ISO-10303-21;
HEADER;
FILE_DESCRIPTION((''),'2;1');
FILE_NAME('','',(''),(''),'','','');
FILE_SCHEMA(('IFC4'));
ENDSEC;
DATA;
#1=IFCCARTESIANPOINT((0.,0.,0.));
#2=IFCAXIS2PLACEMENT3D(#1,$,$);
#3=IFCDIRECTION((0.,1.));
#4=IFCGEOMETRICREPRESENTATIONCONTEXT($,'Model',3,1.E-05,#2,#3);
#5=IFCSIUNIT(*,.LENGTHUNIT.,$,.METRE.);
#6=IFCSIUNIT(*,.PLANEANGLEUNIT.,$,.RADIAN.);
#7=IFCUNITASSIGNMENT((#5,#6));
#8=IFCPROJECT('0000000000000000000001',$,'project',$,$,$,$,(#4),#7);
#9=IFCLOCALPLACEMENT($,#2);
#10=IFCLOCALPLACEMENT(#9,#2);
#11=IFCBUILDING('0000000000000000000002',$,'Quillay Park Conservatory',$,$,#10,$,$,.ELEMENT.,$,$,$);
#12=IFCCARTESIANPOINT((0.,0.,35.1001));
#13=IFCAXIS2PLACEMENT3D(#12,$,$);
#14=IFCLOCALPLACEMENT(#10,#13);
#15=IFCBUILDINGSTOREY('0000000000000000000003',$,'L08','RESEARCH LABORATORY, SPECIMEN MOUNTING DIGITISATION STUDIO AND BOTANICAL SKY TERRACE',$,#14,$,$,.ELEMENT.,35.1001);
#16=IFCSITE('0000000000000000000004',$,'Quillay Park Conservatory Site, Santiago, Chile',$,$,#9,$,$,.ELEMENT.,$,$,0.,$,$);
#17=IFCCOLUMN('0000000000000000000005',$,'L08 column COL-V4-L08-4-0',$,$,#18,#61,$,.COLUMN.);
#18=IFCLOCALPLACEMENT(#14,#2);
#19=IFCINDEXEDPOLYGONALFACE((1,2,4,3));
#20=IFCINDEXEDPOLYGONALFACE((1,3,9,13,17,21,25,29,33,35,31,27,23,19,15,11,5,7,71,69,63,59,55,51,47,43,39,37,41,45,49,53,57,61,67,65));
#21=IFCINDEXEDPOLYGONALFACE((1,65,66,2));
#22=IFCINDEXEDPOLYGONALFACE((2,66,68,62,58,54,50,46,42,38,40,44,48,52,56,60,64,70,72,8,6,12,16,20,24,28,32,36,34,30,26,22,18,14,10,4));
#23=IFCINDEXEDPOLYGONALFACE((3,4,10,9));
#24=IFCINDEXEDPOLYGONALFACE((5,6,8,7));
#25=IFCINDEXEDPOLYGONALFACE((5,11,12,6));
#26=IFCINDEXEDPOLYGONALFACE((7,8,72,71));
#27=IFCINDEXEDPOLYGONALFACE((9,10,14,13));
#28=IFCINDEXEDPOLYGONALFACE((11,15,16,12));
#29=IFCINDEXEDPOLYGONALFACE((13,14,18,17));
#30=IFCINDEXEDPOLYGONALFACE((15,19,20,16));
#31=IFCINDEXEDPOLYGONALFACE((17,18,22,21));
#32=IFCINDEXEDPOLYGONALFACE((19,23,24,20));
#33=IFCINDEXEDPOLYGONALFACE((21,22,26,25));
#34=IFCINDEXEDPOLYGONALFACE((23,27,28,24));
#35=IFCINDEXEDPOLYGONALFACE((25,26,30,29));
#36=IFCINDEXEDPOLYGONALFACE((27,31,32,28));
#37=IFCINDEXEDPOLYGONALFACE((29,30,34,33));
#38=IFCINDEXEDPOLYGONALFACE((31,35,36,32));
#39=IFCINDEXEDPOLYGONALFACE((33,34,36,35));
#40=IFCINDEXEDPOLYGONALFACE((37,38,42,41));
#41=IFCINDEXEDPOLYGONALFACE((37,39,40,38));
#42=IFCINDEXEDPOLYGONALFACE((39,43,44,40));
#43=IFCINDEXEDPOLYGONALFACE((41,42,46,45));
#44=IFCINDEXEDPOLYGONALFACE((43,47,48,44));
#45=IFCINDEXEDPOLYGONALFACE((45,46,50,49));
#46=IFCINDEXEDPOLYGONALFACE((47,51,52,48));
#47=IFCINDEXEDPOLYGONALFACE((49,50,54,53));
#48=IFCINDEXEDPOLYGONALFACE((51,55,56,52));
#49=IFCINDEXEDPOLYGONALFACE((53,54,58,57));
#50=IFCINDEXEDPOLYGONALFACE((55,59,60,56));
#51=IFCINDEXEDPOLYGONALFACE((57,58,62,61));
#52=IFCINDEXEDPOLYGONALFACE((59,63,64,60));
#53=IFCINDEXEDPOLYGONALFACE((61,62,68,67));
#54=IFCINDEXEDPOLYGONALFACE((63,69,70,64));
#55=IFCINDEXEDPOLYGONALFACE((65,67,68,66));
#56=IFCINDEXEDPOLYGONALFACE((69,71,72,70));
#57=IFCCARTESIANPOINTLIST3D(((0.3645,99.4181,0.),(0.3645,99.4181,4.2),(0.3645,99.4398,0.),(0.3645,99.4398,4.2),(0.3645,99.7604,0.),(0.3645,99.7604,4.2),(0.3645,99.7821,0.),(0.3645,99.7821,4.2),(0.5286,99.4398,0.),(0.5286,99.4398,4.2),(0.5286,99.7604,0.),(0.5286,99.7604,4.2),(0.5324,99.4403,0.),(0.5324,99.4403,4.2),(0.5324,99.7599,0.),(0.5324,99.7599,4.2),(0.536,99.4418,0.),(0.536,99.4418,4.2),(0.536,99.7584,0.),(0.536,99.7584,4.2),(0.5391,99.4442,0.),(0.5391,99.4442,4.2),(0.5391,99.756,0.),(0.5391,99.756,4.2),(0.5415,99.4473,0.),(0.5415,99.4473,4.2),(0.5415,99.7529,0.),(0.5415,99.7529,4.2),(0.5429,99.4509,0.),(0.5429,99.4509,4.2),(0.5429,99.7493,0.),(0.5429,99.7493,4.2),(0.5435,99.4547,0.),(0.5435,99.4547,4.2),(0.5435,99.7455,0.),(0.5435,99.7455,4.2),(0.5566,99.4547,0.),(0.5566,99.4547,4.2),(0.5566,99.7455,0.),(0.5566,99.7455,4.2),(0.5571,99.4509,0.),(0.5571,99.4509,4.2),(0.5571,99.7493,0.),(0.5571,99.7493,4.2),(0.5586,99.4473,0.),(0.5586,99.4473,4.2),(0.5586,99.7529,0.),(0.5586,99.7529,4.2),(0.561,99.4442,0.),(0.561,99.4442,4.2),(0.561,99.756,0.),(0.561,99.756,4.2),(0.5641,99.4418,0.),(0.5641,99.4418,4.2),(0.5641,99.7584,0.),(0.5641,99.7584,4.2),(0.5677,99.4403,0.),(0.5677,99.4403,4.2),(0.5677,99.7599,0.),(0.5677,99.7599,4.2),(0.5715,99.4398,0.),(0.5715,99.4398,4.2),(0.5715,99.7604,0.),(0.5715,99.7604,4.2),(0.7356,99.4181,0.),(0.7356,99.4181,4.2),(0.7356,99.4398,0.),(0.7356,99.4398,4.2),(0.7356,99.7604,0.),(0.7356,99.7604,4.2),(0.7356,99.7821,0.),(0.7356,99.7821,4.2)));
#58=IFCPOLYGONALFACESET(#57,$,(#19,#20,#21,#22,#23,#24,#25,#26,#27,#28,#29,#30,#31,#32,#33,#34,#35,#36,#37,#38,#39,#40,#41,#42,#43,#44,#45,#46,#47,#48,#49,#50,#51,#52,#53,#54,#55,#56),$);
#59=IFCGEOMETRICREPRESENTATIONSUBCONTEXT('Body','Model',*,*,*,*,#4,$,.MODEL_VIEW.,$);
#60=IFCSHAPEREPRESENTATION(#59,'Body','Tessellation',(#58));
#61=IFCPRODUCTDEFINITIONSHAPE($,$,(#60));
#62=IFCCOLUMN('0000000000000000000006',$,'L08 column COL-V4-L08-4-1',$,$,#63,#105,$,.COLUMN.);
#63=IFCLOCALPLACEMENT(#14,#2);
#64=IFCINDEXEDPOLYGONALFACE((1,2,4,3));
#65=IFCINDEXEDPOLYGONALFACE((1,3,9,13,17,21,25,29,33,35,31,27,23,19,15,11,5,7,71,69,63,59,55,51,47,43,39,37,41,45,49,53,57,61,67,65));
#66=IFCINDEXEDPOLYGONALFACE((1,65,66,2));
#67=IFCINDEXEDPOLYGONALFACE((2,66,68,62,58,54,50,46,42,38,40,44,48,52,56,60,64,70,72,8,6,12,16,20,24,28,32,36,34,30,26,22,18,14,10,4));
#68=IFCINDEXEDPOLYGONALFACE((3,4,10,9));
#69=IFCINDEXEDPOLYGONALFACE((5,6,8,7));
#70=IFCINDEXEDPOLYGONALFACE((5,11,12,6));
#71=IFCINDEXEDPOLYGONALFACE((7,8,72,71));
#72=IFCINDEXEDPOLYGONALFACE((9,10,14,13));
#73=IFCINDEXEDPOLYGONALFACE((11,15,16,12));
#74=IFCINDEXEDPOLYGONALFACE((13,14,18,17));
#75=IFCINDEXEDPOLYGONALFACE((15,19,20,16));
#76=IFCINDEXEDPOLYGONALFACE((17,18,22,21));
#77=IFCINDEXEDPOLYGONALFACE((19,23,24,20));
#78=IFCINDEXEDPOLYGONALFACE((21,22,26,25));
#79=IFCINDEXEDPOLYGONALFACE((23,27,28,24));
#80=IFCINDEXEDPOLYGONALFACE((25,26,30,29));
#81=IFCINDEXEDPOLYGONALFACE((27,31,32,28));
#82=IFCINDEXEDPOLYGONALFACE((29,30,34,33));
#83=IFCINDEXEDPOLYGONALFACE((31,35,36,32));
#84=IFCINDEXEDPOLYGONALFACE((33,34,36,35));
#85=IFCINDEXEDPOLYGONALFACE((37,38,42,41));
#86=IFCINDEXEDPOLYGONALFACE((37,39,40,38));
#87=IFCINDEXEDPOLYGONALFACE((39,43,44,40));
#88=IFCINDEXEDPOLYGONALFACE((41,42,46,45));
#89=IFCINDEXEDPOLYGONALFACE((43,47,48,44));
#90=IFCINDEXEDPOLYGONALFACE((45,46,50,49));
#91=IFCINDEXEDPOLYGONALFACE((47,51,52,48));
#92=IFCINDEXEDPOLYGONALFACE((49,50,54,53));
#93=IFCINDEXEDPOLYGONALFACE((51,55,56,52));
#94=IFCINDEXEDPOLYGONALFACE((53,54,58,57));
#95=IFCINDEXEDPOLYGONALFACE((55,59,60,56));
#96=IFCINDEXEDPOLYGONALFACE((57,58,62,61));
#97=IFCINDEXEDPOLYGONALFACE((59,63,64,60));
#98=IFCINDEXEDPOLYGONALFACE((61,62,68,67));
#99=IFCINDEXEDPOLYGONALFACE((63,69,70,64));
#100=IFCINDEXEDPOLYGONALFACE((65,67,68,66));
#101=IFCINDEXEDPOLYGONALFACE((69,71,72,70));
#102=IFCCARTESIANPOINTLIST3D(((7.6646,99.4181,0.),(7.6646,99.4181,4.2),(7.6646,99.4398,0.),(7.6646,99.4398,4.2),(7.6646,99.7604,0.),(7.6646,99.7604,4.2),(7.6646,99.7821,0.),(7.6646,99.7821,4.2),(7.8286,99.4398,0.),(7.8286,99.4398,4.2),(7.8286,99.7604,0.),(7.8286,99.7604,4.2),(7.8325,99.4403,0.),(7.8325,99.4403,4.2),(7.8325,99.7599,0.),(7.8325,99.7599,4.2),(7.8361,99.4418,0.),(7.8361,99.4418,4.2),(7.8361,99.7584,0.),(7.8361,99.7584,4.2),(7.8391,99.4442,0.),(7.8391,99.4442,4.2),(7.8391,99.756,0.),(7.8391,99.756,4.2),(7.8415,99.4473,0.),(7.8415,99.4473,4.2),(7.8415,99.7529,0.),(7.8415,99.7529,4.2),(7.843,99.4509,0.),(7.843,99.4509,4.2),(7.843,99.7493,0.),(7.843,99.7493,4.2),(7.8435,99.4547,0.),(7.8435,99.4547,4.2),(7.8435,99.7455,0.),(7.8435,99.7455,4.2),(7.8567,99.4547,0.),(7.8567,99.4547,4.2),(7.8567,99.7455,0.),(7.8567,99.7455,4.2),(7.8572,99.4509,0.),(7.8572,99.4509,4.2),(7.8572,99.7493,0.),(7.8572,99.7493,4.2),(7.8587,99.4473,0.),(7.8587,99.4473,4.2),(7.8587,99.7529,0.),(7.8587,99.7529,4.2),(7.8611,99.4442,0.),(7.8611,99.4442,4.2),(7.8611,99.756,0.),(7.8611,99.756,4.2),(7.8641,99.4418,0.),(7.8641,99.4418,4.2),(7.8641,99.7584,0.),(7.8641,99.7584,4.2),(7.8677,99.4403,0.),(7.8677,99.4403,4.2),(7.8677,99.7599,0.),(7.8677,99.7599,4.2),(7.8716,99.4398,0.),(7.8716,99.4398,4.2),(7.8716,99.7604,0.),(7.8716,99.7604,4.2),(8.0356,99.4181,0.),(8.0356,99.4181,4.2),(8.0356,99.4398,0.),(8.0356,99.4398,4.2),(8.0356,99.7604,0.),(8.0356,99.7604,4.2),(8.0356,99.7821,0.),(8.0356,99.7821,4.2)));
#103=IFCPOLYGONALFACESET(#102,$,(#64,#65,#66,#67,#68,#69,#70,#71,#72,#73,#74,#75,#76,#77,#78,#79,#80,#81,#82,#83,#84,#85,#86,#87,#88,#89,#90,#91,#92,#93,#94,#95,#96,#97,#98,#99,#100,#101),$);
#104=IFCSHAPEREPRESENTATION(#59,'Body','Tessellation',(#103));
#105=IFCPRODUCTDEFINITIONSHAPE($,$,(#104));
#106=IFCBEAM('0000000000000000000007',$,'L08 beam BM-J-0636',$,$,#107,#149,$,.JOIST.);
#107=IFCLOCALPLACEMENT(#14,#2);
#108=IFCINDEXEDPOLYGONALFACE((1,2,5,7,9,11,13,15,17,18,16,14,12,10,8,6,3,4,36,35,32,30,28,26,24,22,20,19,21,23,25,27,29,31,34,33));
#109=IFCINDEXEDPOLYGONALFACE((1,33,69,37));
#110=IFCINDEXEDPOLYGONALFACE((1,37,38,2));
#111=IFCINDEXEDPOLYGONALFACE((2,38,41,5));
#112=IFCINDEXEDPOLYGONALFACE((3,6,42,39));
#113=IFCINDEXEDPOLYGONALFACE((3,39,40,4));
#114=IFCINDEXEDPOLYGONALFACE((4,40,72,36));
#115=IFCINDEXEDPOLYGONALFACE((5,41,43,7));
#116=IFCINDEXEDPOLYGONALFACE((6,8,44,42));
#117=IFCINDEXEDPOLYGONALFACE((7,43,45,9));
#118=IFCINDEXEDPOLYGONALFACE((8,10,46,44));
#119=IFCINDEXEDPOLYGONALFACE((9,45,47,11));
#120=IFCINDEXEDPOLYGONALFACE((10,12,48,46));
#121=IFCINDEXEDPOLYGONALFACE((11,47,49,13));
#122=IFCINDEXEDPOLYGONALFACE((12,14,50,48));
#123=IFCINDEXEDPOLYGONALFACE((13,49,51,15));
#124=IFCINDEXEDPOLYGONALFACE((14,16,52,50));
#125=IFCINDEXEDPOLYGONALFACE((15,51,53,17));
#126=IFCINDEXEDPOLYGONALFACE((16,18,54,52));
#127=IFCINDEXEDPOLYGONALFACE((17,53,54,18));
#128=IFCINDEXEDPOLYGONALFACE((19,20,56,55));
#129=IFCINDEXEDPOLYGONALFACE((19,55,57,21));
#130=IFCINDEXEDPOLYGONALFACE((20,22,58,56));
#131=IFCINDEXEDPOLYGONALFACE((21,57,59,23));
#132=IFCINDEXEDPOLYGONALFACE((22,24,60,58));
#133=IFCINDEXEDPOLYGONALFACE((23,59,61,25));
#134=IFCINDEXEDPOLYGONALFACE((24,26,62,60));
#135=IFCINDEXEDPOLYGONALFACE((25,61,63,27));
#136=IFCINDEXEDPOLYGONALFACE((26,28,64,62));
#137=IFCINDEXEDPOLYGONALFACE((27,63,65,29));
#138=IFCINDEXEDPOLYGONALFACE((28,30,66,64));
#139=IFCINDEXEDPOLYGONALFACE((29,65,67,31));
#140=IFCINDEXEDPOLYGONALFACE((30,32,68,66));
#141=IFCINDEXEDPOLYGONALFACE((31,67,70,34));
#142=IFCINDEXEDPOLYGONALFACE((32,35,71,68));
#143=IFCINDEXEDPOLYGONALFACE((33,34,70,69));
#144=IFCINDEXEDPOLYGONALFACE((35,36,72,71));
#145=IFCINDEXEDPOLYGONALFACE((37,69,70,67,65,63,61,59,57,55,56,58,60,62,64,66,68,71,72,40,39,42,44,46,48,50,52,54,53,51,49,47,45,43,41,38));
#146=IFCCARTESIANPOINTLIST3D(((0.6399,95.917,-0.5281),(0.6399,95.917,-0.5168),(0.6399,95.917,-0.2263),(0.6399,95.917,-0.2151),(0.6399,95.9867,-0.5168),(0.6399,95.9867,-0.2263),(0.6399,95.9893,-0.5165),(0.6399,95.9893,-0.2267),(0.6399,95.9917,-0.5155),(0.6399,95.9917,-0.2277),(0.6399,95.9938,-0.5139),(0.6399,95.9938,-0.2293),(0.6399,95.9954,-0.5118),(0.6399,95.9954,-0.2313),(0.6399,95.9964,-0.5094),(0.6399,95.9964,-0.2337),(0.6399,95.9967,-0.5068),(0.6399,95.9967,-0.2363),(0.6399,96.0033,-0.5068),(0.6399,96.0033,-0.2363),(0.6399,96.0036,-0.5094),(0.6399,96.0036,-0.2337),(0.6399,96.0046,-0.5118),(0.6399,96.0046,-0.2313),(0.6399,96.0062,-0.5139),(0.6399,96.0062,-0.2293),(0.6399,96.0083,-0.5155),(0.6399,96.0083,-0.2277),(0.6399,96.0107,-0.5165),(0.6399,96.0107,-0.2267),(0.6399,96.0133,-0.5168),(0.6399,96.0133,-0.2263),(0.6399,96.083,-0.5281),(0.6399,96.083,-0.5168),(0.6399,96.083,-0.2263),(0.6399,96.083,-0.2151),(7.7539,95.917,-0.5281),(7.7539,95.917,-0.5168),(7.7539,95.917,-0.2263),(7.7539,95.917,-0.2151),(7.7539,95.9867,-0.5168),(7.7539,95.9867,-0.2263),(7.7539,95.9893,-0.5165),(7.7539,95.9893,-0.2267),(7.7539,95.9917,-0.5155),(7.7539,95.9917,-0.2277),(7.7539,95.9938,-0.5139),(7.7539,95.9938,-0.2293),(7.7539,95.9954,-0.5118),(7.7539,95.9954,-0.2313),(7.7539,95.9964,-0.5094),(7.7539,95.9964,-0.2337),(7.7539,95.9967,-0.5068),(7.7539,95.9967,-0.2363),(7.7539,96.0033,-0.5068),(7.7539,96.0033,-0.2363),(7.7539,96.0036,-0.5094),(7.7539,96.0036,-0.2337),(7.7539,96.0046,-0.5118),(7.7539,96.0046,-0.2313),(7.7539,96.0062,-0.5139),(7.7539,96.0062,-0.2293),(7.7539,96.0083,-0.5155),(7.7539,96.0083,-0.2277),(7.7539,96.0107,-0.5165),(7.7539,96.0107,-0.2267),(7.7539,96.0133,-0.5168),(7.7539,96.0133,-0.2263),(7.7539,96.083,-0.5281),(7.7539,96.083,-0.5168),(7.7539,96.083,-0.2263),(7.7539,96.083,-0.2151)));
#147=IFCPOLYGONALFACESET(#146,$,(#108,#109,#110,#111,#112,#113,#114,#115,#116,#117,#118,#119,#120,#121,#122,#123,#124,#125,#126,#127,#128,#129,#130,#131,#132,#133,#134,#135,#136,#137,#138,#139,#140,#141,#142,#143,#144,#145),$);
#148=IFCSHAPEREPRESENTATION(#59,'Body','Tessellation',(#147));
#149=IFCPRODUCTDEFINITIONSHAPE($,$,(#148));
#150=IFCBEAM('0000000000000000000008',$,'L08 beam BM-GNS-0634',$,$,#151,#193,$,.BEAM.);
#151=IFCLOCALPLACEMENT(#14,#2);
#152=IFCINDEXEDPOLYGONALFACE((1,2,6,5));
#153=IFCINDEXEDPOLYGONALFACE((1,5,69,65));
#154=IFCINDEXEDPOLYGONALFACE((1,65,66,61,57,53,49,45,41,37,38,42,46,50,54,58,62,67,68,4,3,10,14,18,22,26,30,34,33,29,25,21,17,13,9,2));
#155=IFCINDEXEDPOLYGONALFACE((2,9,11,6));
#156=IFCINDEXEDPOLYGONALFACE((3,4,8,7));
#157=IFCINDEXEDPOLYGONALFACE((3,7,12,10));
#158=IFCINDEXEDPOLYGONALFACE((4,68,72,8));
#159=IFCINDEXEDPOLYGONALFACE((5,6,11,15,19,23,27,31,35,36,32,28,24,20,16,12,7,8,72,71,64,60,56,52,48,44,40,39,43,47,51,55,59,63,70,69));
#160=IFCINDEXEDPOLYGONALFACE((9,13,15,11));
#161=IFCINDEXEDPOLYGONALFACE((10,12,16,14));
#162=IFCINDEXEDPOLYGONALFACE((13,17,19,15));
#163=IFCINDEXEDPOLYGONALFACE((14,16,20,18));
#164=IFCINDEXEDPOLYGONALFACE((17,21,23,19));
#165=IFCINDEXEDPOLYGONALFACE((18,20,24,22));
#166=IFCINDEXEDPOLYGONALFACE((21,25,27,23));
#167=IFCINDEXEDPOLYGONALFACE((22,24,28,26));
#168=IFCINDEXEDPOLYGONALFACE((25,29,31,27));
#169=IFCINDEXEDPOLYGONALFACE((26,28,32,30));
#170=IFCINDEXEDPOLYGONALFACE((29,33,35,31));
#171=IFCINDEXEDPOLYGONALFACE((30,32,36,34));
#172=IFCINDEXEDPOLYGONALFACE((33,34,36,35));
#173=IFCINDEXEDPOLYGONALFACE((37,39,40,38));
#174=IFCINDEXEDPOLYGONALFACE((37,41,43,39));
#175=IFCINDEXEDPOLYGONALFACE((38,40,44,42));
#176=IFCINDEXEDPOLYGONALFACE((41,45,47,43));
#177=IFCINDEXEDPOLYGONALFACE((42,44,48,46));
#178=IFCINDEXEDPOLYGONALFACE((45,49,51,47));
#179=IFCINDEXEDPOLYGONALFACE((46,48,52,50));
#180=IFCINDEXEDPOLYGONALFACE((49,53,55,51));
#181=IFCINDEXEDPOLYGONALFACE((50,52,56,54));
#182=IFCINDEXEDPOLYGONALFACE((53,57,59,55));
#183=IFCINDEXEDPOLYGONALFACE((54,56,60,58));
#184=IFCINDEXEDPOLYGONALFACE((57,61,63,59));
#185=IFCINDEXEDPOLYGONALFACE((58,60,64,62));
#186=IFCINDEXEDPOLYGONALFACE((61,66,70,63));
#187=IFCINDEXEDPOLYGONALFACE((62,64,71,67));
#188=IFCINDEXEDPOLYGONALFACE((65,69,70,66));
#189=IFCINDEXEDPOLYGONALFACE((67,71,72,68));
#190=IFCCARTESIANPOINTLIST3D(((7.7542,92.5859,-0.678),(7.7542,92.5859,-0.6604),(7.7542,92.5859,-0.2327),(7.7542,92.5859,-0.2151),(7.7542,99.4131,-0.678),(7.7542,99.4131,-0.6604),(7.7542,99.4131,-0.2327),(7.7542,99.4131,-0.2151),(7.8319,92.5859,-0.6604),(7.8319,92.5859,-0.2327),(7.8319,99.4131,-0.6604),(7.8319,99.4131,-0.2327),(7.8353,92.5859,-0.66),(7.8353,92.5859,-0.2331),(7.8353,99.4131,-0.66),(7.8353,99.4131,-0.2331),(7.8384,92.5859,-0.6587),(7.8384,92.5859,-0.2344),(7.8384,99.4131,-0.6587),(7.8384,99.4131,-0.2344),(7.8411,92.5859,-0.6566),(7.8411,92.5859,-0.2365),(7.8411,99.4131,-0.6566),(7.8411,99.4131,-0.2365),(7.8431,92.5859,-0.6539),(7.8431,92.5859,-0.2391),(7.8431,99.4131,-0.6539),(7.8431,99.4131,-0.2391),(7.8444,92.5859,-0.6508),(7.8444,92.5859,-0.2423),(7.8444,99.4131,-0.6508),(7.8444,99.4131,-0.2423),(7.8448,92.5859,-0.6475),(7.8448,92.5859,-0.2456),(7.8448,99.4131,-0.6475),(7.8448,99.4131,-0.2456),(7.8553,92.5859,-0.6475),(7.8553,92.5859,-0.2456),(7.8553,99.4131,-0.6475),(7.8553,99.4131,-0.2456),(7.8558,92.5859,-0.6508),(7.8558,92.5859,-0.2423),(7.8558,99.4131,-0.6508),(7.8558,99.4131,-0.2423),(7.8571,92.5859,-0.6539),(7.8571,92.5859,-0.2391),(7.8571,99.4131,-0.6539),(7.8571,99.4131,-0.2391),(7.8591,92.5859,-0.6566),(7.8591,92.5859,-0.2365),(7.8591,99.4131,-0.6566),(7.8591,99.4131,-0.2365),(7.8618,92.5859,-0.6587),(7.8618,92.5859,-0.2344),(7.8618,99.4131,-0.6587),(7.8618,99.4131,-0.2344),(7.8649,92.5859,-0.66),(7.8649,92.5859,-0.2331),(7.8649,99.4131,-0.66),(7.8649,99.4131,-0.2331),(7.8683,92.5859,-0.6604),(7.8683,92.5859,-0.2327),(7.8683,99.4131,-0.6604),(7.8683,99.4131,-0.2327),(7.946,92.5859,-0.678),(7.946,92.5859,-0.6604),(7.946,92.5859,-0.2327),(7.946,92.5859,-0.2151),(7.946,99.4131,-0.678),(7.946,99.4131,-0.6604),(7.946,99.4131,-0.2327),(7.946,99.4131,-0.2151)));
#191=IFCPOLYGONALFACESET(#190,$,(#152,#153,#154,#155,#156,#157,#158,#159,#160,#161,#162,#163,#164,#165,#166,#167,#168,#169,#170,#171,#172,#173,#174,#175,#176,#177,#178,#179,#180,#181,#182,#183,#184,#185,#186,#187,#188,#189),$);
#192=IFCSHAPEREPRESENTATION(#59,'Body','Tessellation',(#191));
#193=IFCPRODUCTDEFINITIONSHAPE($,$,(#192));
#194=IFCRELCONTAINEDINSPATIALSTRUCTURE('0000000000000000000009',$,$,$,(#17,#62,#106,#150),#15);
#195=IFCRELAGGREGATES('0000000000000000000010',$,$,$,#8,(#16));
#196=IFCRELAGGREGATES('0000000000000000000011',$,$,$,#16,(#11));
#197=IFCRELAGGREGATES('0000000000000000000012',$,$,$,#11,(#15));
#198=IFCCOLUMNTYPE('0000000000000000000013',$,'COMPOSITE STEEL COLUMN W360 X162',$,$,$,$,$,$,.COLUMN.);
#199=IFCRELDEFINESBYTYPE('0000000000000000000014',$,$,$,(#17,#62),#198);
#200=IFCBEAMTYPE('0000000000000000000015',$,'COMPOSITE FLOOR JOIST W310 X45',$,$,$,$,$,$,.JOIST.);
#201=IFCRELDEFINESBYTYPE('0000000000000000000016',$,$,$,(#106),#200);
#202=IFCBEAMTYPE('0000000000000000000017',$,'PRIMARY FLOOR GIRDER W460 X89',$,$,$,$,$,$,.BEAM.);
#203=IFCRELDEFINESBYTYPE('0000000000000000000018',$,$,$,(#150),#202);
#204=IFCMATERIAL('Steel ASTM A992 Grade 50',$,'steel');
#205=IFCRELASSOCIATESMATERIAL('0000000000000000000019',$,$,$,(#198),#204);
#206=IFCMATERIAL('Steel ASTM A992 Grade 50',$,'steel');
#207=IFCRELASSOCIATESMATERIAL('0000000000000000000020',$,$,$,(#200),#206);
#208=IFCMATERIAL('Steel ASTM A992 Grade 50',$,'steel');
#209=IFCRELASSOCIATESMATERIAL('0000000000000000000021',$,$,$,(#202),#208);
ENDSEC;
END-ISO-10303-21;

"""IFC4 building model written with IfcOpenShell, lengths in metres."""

from ifc_helpers import new_model, si_unit, direction, frame, origin, origin_2d, place, context, subcontext, project, spatial, i_section, extrude, material, material_profile, profile_set, type_object, element, save


model = new_model("IFC4")

# Units and contexts
model_context = context("Model", 3, precision=1e-05, world=origin(), true_north=direction((0.0, 1.0)))
body_context = subcontext(model_context, "Body", "Model", "MODEL_VIEW")
ifc_project = project(units=[si_unit("LENGTHUNIT", "METRE"), si_unit("PLANEANGLEUNIT", "RADIAN")], contexts=[model_context])

# Site, building, storey
site_placement = place(None, origin())
site = spatial("IfcSite", under=ifc_project, at=site_placement, Name="Quillay Park Conservatory Site, Santiago, Chile", CompositionType="ELEMENT", RefElevation=0.0)
building_placement = place(site_placement, origin())
building = spatial("IfcBuilding", under=site, at=building_placement, Name="Quillay Park Conservatory", CompositionType="ELEMENT")
storey_placement = place(building_placement, frame((0.0, 0.0, 35.1001)))
storey = spatial("IfcBuildingStorey", under=building, at=storey_placement, Name="L08", Description="RESEARCH LABORATORY, SPECIMEN MOUNTING DIGITISATION STUDIO AND BOTANICAL SKY TERRACE", CompositionType="ELEMENT", Elevation=35.1001)

# Columns
ifc_material_1 = material(Name="Steel ASTM A992 Grade 50", Category="steel")
ifc_material_profile_1 = material_profile(ifc_material_1, i_section(OverallWidth=0.3711, OverallDepth=0.364, WebThickness=0.0132, FlangeThickness=0.0217, FilletRadius=0.0149, at=origin_2d()), Name="W360x162")
ifc_profile_set_1 = profile_set([ifc_material_profile_1], Name="Steel ASTM A992 Grade 50")
column_type = type_object("IfcColumnType", Name="COMPOSITE STEEL COLUMN W360 X162", PredefinedType="COLUMN", material=ifc_profile_set_1)
for number, where, z_axis, x_axis, name in (
    (1, (0.55, 99.6001, 0.0), (0.0, 0.0, 1.0), (1.0, 0.0, 0.0), "L08 column COL-V4-L08-4-0"),
    (2, (7.8501, 99.6001, 0.0), (0.0, 0.0, 1.0), (1.0, 0.0, 0.0), "L08 column COL-V4-L08-4-1"),
):
    element("IfcColumn", number, at=place(storey_placement, frame(where, z_axis=z_axis, x_axis=x_axis)), inside=storey, type_object=column_type, Name=name, PredefinedType="COLUMN", context=body_context, shape_type="SweptSolid", body=[
        extrude(i_section(OverallWidth=0.3711, OverallDepth=0.364, WebThickness=0.0132, FlangeThickness=0.0217, FilletRadius=0.0149, at=origin_2d()), origin(), (0.0, 0.0, 1.0), 4.2),
    ])

# Beams
ifc_material_2 = material(Name="Steel ASTM A992 Grade 50", Category="steel")
ifc_material_profile_2 = material_profile(ifc_material_2, i_section(OverallWidth=0.166, OverallDepth=0.313, WebThickness=0.0066, FlangeThickness=0.0112, FilletRadius=0.01, at=origin_2d()), Name="W310x45")
ifc_profile_set_2 = profile_set([ifc_material_profile_2], Name="Steel ASTM A992 Grade 50")
beam_type_1 = type_object("IfcBeamType", Name="COMPOSITE FLOOR JOIST W310 X45", PredefinedType="JOIST", material=ifc_profile_set_2)
beam_1_placement = place(storey_placement, frame((0.6399, 96.0, -0.3716), z_axis=(1.0, 0.0, 0.0), x_axis=(0.0, 1.0, 0.0)))
element("IfcBeam", 3, at=beam_1_placement, inside=storey, type_object=beam_type_1, Name="L08 beam BM-J-0636", PredefinedType="JOIST", context=body_context, shape_type="SweptSolid", body=[
    extrude(i_section(OverallWidth=0.166, OverallDepth=0.313, WebThickness=0.0066, FlangeThickness=0.0112, FilletRadius=0.01, at=origin_2d()), origin(), (0.0, 0.0, 1.0), 7.114),
])
ifc_material_3 = material(Name="Steel ASTM A992 Grade 50", Category="steel")
ifc_material_profile_3 = material_profile(ifc_material_3, i_section(OverallWidth=0.1919, OverallDepth=0.4629, WebThickness=0.0105, FlangeThickness=0.0176, FilletRadius=0.0129, at=origin_2d()), Name="W460x89")
ifc_profile_set_3 = profile_set([ifc_material_profile_3], Name="Steel ASTM A992 Grade 50")
beam_type_2 = type_object("IfcBeamType", Name="PRIMARY FLOOR GIRDER W460 X89", PredefinedType="BEAM", material=ifc_profile_set_3)
for number, where, z_axis, x_axis, name in (
    (4, (7.8501, 92.5859, -0.4465), (0.0, 1.0, 0.0), (-1.0, 0.0, 0.0), "L08 beam BM-GNS-0634"),
):
    element("IfcBeam", number, at=place(storey_placement, frame(where, z_axis=z_axis, x_axis=x_axis)), inside=storey, type_object=beam_type_2, Name=name, PredefinedType="BEAM", context=body_context, shape_type="SweptSolid", body=[
        extrude(i_section(OverallWidth=0.1919, OverallDepth=0.4629, WebThickness=0.0105, FlangeThickness=0.0176, FilletRadius=0.0129, at=origin_2d()), origin(), (0.0, 0.0, 1.0), 6.8271),
    ])

save(model, "model.ifc")
